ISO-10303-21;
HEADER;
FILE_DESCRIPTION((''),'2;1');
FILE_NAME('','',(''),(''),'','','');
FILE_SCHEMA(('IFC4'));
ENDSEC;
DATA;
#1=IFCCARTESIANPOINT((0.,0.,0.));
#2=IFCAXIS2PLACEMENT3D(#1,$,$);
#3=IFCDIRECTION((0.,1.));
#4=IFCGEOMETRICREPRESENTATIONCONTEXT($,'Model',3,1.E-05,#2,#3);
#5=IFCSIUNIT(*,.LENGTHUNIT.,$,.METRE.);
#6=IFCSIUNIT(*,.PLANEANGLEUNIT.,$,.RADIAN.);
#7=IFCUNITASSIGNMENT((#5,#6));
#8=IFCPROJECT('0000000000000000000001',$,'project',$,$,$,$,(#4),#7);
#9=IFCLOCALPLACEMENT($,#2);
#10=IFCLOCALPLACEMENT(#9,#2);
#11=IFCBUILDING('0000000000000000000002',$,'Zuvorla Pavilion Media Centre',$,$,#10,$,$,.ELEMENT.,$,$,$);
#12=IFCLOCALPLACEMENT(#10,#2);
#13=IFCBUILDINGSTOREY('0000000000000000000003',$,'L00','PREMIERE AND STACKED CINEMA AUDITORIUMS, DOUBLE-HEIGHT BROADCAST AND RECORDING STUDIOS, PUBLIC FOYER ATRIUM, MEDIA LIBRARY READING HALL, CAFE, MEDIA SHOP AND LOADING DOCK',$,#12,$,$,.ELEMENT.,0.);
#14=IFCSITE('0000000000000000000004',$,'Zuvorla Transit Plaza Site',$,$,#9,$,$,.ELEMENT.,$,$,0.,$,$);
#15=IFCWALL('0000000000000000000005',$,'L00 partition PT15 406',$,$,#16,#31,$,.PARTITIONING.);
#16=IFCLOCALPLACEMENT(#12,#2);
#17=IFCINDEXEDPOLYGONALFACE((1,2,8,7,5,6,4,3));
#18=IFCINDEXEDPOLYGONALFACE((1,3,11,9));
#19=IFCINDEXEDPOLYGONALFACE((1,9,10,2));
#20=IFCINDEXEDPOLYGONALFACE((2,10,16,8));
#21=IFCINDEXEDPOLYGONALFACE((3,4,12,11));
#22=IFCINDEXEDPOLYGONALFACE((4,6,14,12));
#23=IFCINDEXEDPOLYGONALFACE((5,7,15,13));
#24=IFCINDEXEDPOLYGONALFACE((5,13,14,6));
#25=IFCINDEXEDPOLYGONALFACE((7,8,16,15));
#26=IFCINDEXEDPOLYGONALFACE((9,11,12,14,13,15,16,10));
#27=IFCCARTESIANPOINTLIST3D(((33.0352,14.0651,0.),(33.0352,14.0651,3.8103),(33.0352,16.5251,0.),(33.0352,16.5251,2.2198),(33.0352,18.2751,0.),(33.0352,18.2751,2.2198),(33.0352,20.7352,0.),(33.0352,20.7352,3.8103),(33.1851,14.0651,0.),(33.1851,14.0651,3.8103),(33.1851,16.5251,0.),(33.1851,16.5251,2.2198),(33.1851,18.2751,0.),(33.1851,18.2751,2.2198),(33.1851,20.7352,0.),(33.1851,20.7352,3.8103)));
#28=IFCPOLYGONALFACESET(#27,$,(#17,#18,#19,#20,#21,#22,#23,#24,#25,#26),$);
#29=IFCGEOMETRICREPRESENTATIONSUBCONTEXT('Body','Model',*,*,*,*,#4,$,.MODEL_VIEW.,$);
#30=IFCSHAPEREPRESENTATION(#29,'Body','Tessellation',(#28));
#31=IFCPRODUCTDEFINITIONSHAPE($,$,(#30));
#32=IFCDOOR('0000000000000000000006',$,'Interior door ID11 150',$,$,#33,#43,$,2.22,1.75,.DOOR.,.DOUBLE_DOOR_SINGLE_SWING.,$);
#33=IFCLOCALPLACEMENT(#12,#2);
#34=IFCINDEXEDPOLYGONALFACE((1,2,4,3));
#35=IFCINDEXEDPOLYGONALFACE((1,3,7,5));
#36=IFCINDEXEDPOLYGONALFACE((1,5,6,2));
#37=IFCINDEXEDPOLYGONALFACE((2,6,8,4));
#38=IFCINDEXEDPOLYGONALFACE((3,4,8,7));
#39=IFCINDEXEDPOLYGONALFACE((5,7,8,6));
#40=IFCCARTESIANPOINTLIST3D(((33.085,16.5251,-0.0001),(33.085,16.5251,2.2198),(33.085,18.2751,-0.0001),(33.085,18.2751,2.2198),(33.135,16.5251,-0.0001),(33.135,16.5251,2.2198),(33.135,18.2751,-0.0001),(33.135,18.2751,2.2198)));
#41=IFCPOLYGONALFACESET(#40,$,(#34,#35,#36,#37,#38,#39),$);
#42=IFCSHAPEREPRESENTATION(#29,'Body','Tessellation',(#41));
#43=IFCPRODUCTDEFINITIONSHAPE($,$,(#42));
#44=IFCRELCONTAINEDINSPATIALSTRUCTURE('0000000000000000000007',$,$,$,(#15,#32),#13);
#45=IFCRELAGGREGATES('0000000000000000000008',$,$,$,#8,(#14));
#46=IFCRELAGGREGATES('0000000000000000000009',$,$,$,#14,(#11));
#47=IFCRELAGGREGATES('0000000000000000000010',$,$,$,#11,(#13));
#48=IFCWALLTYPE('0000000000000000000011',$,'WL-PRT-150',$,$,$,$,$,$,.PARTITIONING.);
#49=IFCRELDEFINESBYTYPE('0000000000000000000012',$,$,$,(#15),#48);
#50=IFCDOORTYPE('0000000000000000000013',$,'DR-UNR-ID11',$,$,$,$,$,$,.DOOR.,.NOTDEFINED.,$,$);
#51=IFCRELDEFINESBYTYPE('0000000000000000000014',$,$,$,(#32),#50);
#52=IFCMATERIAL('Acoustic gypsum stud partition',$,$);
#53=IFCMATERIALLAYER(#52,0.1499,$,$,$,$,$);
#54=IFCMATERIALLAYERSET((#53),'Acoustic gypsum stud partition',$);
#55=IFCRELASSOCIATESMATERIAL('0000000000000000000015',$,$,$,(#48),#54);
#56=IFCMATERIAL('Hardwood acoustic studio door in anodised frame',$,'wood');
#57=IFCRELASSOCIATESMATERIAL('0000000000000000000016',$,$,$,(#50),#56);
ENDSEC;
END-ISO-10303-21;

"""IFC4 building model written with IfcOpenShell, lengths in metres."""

from ifc_helpers import new_model, si_unit, direction, frame, frame_2d, origin, place, context, subcontext, project, spatial, rectangle, extrude, material, layer, layer_set, type_object, element, fill, save


model = new_model("IFC4")

# Units and contexts
model_context = context("Model", 3, precision=1e-05, world=origin(), true_north=direction((0.0, 1.0)))
body_context = subcontext(model_context, "Body", "Model", "MODEL_VIEW")
ifc_project = project(units=[si_unit("LENGTHUNIT", "METRE"), si_unit("PLANEANGLEUNIT", "RADIAN")], contexts=[model_context])

# Site, building, storey
site_placement = place(None, origin())
site = spatial("IfcSite", under=ifc_project, at=site_placement, Name="Zuvorla Transit Plaza Site", CompositionType="ELEMENT", RefElevation=0.0)
building_placement = place(site_placement, origin())
building = spatial("IfcBuilding", under=site, at=building_placement, Name="Zuvorla Pavilion Media Centre", CompositionType="ELEMENT")
storey_placement = place(building_placement, origin())
storey = spatial("IfcBuildingStorey", under=building, at=storey_placement, Name="L00", Description="PREMIERE AND STACKED CINEMA AUDITORIUMS, DOUBLE-HEIGHT BROADCAST AND RECORDING STUDIOS, PUBLIC FOYER ATRIUM, MEDIA LIBRARY READING HALL, CAFE, MEDIA SHOP AND LOADING DOCK", CompositionType="ELEMENT", Elevation=0.0)

# Wall, opening, door
ifc_material_1 = material(Name="Hardwood acoustic studio door in anodised frame", Category="wood")
ifc_material_2 = material(Name="Acoustic gypsum stud partition")
ifc_layer_1 = layer(ifc_material_2, 0.1499)
ifc_layer_set_1 = layer_set([ifc_layer_1], Name="Acoustic gypsum stud partition")
wall_type_1 = type_object("IfcWallType", Name="WL-PRT-150", PredefinedType="PARTITIONING", material=ifc_layer_set_1)
wall_1_placement = place(storey_placement, frame((33.1101, 20.7351, 0.0), z_axis=(0.0, 0.0, 1.0), x_axis=(0.0, -1.0, 0.0)))
wall_1 = element("IfcWall", 1, at=wall_1_placement, inside=storey, type_object=wall_type_1, Name="L00 partition PT15 406", PredefinedType="PARTITIONING", context=body_context, shape_type="SweptSolid", body=[
    extrude(rectangle(XDim=6.6702, YDim=0.1499, at=frame_2d((3.335, 0.0))), origin(), (0.0, 0.0, 1.0), 3.8103),
])
opening_1_placement = place(wall_1_placement, frame((2.46, 0.0, 0.0)))
opening_1 = element("IfcOpeningElement", 2, at=opening_1_placement, cuts=wall_1, PredefinedType="OPENING", context=body_context, shape_type="SweptSolid", body=[
    extrude(rectangle(XDim=1.75, YDim=2.22, at=frame_2d((0.875, 1.1099))), frame((0.0, 0.085, 0.0), z_axis=(0.0, -1.0, 0.0), x_axis=(1.0, 0.0, 0.0)), (0.0, 0.0, 1.0), 0.1699),
])
door_type_1 = type_object("IfcDoorType", Name="DR-UNR-ID11", OperationType="NOTDEFINED", PredefinedType="DOOR", material=ifc_material_1)
door_1_placement = place(opening_1_placement, origin())
door_1 = element("IfcDoor", 3, at=door_1_placement, inside=storey, type_object=door_type_1, Name="Interior door ID11 150", OperationType="DOUBLE_DOOR_SINGLE_SWING", OverallHeight=2.22, OverallWidth=1.75, PredefinedType="DOOR", context=body_context, shape_type="SweptSolid", body=[
    extrude(rectangle(XDim=1.75, YDim=2.22, at=frame_2d((0.875, 1.1099))), frame((0.0, 0.0249, 0.0), z_axis=(0.0, -1.0, 0.0), x_axis=(1.0, 0.0, 0.0)), (0.0, 0.0, 1.0), 0.05),
])
fill(opening_1, door_1)

save(model, "model.ifc")
